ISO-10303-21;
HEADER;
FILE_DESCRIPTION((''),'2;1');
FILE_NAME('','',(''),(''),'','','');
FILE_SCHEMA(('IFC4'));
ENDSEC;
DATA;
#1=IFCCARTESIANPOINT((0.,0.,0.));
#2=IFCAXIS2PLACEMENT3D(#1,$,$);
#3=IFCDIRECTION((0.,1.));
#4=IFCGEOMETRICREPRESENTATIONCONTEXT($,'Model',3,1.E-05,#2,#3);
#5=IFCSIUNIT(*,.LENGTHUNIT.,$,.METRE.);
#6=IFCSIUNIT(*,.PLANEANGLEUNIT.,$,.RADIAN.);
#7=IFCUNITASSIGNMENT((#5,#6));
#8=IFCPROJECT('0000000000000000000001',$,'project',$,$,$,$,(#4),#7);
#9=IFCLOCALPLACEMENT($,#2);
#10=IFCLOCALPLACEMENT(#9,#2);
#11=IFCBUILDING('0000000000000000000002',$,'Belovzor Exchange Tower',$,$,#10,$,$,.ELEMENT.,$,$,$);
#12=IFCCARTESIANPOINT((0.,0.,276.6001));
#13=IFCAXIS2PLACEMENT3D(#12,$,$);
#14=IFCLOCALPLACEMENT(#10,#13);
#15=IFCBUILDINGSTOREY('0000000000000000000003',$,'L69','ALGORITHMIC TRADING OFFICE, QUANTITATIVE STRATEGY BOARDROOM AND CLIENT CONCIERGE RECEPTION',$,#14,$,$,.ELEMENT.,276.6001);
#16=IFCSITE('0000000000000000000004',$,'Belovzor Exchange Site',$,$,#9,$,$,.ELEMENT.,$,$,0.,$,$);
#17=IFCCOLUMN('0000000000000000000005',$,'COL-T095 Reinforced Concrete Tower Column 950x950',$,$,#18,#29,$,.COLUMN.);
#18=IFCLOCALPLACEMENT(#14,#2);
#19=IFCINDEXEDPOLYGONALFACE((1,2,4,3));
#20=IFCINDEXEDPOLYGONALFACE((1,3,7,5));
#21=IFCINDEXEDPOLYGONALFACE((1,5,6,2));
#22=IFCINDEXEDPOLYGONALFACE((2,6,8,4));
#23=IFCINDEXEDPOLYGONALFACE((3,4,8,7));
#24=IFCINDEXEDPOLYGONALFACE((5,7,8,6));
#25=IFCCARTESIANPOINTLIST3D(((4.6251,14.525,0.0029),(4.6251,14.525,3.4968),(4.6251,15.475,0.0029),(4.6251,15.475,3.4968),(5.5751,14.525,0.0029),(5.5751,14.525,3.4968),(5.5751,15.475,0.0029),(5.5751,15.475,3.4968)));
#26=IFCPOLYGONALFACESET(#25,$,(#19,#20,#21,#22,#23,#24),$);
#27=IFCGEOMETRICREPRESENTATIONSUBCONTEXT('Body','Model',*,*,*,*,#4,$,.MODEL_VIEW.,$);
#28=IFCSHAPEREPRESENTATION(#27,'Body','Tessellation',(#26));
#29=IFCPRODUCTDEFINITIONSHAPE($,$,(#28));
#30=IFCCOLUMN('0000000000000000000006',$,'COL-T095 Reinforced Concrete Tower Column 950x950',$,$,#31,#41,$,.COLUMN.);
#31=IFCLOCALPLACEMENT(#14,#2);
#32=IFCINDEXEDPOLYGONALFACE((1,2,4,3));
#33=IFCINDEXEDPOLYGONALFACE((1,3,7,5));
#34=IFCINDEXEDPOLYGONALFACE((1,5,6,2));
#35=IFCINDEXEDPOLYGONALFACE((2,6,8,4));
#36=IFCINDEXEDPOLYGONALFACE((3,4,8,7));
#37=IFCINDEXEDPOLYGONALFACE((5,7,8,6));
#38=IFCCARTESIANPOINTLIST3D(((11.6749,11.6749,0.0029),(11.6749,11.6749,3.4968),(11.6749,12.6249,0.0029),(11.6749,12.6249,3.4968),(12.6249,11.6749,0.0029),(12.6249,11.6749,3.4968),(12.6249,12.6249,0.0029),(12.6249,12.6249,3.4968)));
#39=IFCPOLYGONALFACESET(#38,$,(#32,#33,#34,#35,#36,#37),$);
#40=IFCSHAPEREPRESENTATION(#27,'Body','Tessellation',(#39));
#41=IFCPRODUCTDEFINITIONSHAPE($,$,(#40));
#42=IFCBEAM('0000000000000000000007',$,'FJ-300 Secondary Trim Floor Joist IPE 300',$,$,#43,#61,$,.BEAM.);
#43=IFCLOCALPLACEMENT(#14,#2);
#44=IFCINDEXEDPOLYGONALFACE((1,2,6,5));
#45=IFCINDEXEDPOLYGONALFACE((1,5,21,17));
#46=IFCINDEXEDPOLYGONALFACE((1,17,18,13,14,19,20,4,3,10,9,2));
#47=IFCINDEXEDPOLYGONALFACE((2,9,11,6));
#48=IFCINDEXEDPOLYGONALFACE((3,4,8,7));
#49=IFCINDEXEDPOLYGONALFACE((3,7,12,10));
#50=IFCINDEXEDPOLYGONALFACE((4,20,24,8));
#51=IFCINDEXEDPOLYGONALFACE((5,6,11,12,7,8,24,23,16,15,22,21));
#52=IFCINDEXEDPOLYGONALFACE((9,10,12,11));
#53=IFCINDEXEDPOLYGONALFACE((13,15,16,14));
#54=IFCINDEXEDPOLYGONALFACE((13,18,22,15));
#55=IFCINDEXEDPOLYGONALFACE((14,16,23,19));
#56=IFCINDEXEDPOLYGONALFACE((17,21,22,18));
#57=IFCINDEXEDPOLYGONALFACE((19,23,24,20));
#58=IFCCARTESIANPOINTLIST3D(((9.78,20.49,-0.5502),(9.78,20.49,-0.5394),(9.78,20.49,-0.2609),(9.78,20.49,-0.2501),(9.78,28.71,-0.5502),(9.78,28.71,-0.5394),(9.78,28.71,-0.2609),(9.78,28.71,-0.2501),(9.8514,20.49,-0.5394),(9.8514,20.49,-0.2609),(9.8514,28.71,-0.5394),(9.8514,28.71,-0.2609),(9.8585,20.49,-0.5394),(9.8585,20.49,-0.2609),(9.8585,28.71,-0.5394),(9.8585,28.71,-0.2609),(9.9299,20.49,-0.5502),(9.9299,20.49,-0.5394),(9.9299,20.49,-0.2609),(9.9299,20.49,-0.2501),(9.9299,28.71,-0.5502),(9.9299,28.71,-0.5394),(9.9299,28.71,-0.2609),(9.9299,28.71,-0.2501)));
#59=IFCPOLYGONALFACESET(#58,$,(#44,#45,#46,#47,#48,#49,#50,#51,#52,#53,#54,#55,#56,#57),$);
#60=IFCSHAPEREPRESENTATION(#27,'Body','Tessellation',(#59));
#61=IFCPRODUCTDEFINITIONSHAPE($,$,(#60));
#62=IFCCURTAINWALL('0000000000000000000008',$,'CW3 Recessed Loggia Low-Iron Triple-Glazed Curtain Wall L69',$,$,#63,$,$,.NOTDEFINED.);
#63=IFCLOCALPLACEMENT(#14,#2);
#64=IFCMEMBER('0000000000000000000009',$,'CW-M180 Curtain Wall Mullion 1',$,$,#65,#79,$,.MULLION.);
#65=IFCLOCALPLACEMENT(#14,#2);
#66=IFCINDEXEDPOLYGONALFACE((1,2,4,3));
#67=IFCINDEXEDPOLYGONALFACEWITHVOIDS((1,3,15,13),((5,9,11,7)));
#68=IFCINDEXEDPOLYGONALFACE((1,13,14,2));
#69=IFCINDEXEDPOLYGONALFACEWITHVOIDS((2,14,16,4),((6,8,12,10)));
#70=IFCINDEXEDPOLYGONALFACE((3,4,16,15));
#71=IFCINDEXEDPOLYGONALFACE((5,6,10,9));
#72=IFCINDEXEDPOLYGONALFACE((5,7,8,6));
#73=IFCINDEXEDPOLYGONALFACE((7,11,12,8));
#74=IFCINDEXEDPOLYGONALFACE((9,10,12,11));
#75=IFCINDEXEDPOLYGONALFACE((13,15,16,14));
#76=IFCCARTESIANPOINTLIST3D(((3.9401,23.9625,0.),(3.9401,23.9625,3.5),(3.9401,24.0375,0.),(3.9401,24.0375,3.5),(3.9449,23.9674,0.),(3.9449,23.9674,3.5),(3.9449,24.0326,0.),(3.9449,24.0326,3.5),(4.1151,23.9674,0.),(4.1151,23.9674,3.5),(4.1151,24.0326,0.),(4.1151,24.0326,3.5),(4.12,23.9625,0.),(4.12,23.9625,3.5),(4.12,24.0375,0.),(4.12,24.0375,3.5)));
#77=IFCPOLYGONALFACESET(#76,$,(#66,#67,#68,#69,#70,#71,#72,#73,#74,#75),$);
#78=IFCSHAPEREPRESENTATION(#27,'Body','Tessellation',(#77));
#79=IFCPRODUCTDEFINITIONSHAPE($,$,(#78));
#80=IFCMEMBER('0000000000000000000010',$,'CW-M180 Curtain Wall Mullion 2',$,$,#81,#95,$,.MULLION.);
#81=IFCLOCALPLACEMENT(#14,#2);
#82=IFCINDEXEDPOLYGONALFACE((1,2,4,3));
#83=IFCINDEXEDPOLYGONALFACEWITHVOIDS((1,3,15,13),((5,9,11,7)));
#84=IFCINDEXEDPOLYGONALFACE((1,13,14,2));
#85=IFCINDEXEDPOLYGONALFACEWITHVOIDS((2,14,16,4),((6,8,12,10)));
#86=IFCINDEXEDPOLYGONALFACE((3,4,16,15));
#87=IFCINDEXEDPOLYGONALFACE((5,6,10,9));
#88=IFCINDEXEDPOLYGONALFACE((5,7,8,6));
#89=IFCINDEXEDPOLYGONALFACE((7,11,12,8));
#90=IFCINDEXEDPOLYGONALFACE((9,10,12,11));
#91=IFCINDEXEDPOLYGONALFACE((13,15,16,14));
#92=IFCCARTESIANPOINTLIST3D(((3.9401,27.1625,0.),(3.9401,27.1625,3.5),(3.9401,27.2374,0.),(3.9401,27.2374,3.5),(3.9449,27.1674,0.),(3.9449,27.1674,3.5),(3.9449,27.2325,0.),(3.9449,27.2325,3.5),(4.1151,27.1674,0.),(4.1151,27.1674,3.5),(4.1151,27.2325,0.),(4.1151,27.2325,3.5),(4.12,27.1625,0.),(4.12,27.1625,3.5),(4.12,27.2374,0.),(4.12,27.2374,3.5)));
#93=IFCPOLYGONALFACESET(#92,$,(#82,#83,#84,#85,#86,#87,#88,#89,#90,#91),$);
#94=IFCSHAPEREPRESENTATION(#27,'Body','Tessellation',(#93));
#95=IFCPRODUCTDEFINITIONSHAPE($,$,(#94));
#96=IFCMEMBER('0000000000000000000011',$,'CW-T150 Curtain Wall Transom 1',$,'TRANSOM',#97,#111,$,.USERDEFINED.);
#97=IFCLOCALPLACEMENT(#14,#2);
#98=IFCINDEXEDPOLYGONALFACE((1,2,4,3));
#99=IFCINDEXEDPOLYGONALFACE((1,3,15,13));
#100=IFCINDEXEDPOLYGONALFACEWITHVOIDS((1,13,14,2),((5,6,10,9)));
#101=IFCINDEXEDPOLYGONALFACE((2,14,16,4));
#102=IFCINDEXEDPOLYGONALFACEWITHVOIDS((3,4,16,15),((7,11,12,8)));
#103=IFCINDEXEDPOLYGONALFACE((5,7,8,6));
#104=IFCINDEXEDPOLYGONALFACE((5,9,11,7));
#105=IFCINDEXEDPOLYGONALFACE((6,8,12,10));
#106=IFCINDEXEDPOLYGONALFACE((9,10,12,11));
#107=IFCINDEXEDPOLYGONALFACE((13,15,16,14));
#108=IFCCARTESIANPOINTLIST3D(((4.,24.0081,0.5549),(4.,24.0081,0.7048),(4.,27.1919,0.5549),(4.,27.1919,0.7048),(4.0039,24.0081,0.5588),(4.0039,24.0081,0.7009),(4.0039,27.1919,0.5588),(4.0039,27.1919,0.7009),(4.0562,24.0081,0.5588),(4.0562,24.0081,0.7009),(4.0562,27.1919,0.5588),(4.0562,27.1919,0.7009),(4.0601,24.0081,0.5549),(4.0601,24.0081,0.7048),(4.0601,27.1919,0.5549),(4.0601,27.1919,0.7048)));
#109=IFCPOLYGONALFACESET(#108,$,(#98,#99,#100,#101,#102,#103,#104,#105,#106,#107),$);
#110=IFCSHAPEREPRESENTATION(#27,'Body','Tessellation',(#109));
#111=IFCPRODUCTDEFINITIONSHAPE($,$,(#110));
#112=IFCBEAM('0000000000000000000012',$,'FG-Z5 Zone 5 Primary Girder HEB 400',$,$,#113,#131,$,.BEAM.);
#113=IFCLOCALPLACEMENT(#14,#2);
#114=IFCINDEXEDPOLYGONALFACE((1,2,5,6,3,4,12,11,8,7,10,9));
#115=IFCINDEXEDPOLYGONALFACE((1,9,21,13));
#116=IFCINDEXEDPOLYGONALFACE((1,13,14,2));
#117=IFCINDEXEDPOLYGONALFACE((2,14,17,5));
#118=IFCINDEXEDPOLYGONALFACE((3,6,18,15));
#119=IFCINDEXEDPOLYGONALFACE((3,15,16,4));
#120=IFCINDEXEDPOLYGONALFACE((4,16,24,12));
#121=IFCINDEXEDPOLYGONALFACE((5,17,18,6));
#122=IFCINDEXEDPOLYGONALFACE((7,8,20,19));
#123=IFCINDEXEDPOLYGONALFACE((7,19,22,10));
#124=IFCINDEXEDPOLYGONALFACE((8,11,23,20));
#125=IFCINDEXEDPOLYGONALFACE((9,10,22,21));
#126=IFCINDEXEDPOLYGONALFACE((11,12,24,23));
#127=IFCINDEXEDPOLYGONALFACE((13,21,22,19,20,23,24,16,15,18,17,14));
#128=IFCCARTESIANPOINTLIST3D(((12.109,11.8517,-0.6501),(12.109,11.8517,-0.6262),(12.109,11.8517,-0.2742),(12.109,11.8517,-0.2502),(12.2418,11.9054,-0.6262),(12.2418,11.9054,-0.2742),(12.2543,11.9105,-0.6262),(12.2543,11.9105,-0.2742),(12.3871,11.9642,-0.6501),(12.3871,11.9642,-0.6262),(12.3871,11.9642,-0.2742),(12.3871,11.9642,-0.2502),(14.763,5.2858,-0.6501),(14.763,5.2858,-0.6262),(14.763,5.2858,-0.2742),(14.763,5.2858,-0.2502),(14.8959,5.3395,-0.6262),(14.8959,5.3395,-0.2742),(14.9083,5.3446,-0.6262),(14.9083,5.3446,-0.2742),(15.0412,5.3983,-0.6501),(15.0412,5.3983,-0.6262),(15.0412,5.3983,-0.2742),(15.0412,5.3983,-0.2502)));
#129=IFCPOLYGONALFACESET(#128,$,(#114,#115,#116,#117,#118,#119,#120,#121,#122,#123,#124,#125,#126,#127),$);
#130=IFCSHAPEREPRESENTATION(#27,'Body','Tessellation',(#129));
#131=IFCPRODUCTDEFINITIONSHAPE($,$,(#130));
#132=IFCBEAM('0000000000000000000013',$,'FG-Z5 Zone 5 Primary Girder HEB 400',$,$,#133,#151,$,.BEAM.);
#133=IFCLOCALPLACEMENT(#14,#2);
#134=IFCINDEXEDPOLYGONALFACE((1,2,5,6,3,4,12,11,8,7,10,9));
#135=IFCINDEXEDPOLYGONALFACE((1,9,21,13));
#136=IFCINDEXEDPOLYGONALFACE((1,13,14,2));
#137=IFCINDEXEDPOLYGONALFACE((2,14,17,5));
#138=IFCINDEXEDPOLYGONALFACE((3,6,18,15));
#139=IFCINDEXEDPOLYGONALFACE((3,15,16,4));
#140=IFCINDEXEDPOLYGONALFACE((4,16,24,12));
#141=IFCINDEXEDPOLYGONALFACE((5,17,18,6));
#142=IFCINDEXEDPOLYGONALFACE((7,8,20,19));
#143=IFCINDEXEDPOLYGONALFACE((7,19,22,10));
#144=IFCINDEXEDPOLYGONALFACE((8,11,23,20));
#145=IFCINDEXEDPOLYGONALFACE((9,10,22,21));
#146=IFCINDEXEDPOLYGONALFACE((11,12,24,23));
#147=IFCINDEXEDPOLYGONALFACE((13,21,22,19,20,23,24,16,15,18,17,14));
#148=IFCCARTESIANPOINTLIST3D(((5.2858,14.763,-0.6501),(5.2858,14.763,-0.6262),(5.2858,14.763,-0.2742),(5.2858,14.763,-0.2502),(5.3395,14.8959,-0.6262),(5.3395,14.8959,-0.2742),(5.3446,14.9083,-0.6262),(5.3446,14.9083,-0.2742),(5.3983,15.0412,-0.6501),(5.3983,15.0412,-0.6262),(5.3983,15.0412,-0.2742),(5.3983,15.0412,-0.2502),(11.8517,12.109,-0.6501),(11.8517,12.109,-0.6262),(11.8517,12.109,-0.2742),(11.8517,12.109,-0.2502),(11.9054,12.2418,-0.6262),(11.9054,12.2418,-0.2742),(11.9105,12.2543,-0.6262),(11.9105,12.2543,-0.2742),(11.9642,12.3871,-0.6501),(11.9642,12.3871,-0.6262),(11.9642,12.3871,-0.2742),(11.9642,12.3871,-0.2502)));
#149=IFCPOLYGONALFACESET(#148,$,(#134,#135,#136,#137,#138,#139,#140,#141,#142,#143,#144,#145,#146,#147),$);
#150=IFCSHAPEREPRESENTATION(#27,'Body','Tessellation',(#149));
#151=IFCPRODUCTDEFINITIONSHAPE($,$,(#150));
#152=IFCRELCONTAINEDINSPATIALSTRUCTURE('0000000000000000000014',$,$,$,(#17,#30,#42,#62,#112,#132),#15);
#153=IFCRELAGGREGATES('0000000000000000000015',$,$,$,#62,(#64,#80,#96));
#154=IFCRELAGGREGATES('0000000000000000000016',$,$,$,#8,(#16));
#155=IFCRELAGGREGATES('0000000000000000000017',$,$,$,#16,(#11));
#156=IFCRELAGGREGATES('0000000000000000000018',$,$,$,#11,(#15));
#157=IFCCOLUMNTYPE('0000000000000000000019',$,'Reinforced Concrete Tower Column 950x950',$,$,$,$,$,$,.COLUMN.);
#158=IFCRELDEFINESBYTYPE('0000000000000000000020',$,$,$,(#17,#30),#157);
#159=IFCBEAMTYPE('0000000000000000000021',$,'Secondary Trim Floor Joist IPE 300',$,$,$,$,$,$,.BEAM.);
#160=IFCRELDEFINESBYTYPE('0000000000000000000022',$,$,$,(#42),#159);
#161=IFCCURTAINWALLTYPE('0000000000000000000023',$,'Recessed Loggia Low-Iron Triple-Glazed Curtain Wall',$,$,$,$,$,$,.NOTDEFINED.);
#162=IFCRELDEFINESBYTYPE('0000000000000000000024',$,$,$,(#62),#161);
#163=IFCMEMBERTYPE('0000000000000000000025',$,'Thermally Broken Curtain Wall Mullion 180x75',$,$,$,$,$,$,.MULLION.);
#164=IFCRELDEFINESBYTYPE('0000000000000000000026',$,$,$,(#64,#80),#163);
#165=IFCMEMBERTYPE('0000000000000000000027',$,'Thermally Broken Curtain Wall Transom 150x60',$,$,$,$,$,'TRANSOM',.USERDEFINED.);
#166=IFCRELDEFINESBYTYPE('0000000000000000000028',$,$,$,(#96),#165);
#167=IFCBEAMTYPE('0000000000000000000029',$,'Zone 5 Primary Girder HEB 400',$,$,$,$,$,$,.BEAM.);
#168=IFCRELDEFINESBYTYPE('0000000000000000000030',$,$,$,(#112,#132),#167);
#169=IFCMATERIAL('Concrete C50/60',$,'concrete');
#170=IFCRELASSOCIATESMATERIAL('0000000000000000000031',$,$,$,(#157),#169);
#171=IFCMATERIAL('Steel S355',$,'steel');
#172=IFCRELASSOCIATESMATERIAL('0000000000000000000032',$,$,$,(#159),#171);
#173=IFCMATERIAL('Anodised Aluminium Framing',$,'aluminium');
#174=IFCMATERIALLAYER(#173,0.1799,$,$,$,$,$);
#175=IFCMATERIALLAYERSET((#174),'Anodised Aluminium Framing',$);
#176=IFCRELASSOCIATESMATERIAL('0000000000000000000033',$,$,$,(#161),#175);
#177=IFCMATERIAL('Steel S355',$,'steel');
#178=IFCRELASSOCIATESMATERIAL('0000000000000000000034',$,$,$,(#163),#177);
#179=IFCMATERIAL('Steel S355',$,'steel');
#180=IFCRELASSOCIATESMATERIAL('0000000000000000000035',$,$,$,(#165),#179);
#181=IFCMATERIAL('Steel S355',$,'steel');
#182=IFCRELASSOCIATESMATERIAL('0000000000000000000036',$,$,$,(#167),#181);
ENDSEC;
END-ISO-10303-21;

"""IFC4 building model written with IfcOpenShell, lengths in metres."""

from ifc_helpers import new_model, si_unit, direction, frame, origin, origin_2d, place, context, subcontext, project, spatial, rectangle, hollow_rectangle, i_section, extrude, material, layer, layer_set, material_profile, profile_set, type_object, element, aggregate, save


model = new_model("IFC4")

# Units and contexts
model_context = context("Model", 3, precision=1e-05, world=origin(), true_north=direction((0.0, 1.0)))
body_context = subcontext(model_context, "Body", "Model", "MODEL_VIEW")
ifc_project = project(units=[si_unit("LENGTHUNIT", "METRE"), si_unit("PLANEANGLEUNIT", "RADIAN")], contexts=[model_context])

# Site, building, storey
site_placement = place(None, origin())
site = spatial("IfcSite", under=ifc_project, at=site_placement, Name="Belovzor Exchange Site", CompositionType="ELEMENT", RefElevation=0.0)
building_placement = place(site_placement, origin())
building = spatial("IfcBuilding", under=site, at=building_placement, Name="Belovzor Exchange Tower", CompositionType="ELEMENT")
storey_placement = place(building_placement, frame((0.0, 0.0, 276.6001)))
storey = spatial("IfcBuildingStorey", under=building, at=storey_placement, Name="L69", Description="ALGORITHMIC TRADING OFFICE, QUANTITATIVE STRATEGY BOARDROOM AND CLIENT CONCIERGE RECEPTION", CompositionType="ELEMENT", Elevation=276.6001)

# Columns
ifc_material_1 = material(Name="Concrete C50/60", Category="concrete")
ifc_material_profile_1 = material_profile(ifc_material_1, rectangle(XDim=0.95, YDim=0.95, at=origin_2d()))
ifc_profile_set_1 = profile_set([ifc_material_profile_1], Name="Concrete C50/60")
column_type = type_object("IfcColumnType", Name="Reinforced Concrete Tower Column 950x950", PredefinedType="COLUMN", material=ifc_profile_set_1)
for number, where, z_axis, x_axis, name in (
    (1, (5.1001, 15.0, 0.0029), (0.0, 0.0, 1.0), (1.0, 0.0, 0.0), "COL-T095 Reinforced Concrete Tower Column 950x950"),
    (2, (12.1499, 12.1499, 0.0029), (0.0, 0.0, 1.0), (1.0, 0.0, 0.0), "COL-T095 Reinforced Concrete Tower Column 950x950"),
):
    element("IfcColumn", number, at=place(storey_placement, frame(where, z_axis=z_axis, x_axis=x_axis)), inside=storey, type_object=column_type, Name=name, PredefinedType="COLUMN", context=body_context, shape_type="SweptSolid", body=[
        extrude(rectangle(XDim=0.95, YDim=0.95, at=origin_2d()), origin(), (0.0, 0.0, 1.0), 3.4939),
    ])

# Beam
ifc_material_2 = material(Name="Steel S355", Category="steel")
ifc_material_profile_2 = material_profile(ifc_material_2, i_section(OverallWidth=0.1499, OverallDepth=0.3, WebThickness=0.0071, FlangeThickness=0.0107, at=origin_2d()))
ifc_profile_set_2 = profile_set([ifc_material_profile_2], Name="Steel S355")
beam_type_1 = type_object("IfcBeamType", Name="Secondary Trim Floor Joist IPE 300", PredefinedType="BEAM", material=ifc_profile_set_2)
beam_placement = place(storey_placement, frame((9.855, 20.49, -0.4001), z_axis=(0.0, 1.0, 0.0), x_axis=(-1.0, 0.0, 0.0)))
element("IfcBeam", 3, at=beam_placement, inside=storey, type_object=beam_type_1, Name="FJ-300 Secondary Trim Floor Joist IPE 300", PredefinedType="BEAM", context=body_context, shape_type="SweptSolid", body=[
    extrude(i_section(OverallWidth=0.1499, OverallDepth=0.3, WebThickness=0.0071, FlangeThickness=0.0107, at=origin_2d()), origin(), (0.0, 0.0, 1.0), 8.22),
])

# Curtain wall, members
ifc_material_3 = material(Name="Anodised Aluminium Framing", Category="aluminium")
ifc_layer_1 = layer(ifc_material_3, 0.1799)
ifc_layer_set_1 = layer_set([ifc_layer_1], Name="Anodised Aluminium Framing")
curtain_wall_type = type_object("IfcCurtainWallType", Name="Recessed Loggia Low-Iron Triple-Glazed Curtain Wall", PredefinedType="NOTDEFINED", material=ifc_layer_set_1)
curtain_wall_placement = place(storey_placement, origin())
curtain_wall = element("IfcCurtainWall", 4, at=curtain_wall_placement, inside=storey, type_object=curtain_wall_type, Name="CW3 Recessed Loggia Low-Iron Triple-Glazed Curtain Wall L69", PredefinedType="NOTDEFINED")
ifc_material_4 = material(Name="Steel S355", Category="steel")
ifc_material_profile_3 = material_profile(ifc_material_4, hollow_rectangle(XDim=0.075, YDim=0.1799, WallThickness=0.0049, at=origin_2d()))
ifc_profile_set_3 = profile_set([ifc_material_profile_3], Name="Steel S355")
member_type_1 = type_object("IfcMemberType", Name="Thermally Broken Curtain Wall Mullion 180x75", PredefinedType="MULLION", material=ifc_profile_set_3)
member_1_placement = place(storey_placement, frame((4.03, 24.0, 0.0), z_axis=(0.0, 0.0, 1.0), x_axis=(0.0, 1.0, 0.0)))
member_1 = element("IfcMember", 5, at=member_1_placement, type_object=member_type_1, Name="CW-M180 Curtain Wall Mullion 1", PredefinedType="MULLION", context=body_context, shape_type="SweptSolid", body=[
    extrude(hollow_rectangle(XDim=0.075, YDim=0.1799, WallThickness=0.0049, at=origin_2d()), origin(), (0.0, 0.0, 1.0), 3.5),
])
member_2_placement = place(storey_placement, frame((4.03, 27.2, 0.0), z_axis=(0.0, 0.0, 1.0), x_axis=(0.0, 1.0, 0.0)))
member_2 = element("IfcMember", 6, at=member_2_placement, type_object=member_type_1, Name="CW-M180 Curtain Wall Mullion 2", PredefinedType="MULLION", context=body_context, shape_type="SweptSolid", body=[
    extrude(hollow_rectangle(XDim=0.075, YDim=0.1799, WallThickness=0.0049, at=origin_2d()), origin(), (0.0, 0.0, 1.0), 3.5),
])
ifc_material_5 = material(Name="Steel S355", Category="steel")
ifc_material_profile_4 = material_profile(ifc_material_5, hollow_rectangle(XDim=0.0601, YDim=0.1499, WallThickness=0.0039, at=origin_2d()))
ifc_profile_set_4 = profile_set([ifc_material_profile_4], Name="Steel S355")
member_type_2 = type_object("IfcMemberType", Name="Thermally Broken Curtain Wall Transom 150x60", ElementType="TRANSOM", PredefinedType="USERDEFINED", material=ifc_profile_set_4)
member_3_placement = place(storey_placement, frame((4.03, 24.0081, 0.6299), z_axis=(0.0, 1.0, 0.0), x_axis=(-1.0, 0.0, 0.0)))
member_3 = element("IfcMember", 7, at=member_3_placement, type_object=member_type_2, Name="CW-T150 Curtain Wall Transom 1", ObjectType="TRANSOM", PredefinedType="USERDEFINED", context=body_context, shape_type="SweptSolid", body=[
    extrude(hollow_rectangle(XDim=0.0601, YDim=0.1499, WallThickness=0.0039, at=origin_2d()), origin(), (0.0, 0.0, 1.0), 3.1838),
])

# Beams
ifc_material_6 = material(Name="Steel S355", Category="steel")
ifc_material_profile_5 = material_profile(ifc_material_6, i_section(OverallWidth=0.3, OverallDepth=0.3999, WebThickness=0.0134, FlangeThickness=0.0239, at=origin_2d()))
ifc_profile_set_5 = profile_set([ifc_material_profile_5], Name="Steel S355")
beam_type_2 = type_object("IfcBeamType", Name="Zone 5 Primary Girder HEB 400", PredefinedType="BEAM", material=ifc_profile_set_5)
for number, where, z_axis, x_axis, name in (
    (8, (12.248, 11.908, -0.4502), (0.374758, -0.927123, 0.0), (0.927123, 0.374758, 0.0), "FG-Z5 Zone 5 Primary Girder HEB 400"),
    (9, (5.342, 14.9021, -0.4502), (0.927123, -0.374758, 0.0), (0.374758, 0.927123, 0.0), "FG-Z5 Zone 5 Primary Girder HEB 400"),
):
    element("IfcBeam", number, at=place(storey_placement, frame(where, z_axis=z_axis, x_axis=x_axis)), inside=storey, type_object=beam_type_2, Name=name, PredefinedType="BEAM", context=body_context, shape_type="SweptSolid", body=[
        extrude(i_section(OverallWidth=0.3, OverallDepth=0.3999, WebThickness=0.0134, FlangeThickness=0.0239, at=origin_2d()), origin(), (0.0, 0.0, 1.0), 7.082),
    ])

aggregate(curtain_wall, [member_1, member_2, member_3])

save(model, "model.ifc")
